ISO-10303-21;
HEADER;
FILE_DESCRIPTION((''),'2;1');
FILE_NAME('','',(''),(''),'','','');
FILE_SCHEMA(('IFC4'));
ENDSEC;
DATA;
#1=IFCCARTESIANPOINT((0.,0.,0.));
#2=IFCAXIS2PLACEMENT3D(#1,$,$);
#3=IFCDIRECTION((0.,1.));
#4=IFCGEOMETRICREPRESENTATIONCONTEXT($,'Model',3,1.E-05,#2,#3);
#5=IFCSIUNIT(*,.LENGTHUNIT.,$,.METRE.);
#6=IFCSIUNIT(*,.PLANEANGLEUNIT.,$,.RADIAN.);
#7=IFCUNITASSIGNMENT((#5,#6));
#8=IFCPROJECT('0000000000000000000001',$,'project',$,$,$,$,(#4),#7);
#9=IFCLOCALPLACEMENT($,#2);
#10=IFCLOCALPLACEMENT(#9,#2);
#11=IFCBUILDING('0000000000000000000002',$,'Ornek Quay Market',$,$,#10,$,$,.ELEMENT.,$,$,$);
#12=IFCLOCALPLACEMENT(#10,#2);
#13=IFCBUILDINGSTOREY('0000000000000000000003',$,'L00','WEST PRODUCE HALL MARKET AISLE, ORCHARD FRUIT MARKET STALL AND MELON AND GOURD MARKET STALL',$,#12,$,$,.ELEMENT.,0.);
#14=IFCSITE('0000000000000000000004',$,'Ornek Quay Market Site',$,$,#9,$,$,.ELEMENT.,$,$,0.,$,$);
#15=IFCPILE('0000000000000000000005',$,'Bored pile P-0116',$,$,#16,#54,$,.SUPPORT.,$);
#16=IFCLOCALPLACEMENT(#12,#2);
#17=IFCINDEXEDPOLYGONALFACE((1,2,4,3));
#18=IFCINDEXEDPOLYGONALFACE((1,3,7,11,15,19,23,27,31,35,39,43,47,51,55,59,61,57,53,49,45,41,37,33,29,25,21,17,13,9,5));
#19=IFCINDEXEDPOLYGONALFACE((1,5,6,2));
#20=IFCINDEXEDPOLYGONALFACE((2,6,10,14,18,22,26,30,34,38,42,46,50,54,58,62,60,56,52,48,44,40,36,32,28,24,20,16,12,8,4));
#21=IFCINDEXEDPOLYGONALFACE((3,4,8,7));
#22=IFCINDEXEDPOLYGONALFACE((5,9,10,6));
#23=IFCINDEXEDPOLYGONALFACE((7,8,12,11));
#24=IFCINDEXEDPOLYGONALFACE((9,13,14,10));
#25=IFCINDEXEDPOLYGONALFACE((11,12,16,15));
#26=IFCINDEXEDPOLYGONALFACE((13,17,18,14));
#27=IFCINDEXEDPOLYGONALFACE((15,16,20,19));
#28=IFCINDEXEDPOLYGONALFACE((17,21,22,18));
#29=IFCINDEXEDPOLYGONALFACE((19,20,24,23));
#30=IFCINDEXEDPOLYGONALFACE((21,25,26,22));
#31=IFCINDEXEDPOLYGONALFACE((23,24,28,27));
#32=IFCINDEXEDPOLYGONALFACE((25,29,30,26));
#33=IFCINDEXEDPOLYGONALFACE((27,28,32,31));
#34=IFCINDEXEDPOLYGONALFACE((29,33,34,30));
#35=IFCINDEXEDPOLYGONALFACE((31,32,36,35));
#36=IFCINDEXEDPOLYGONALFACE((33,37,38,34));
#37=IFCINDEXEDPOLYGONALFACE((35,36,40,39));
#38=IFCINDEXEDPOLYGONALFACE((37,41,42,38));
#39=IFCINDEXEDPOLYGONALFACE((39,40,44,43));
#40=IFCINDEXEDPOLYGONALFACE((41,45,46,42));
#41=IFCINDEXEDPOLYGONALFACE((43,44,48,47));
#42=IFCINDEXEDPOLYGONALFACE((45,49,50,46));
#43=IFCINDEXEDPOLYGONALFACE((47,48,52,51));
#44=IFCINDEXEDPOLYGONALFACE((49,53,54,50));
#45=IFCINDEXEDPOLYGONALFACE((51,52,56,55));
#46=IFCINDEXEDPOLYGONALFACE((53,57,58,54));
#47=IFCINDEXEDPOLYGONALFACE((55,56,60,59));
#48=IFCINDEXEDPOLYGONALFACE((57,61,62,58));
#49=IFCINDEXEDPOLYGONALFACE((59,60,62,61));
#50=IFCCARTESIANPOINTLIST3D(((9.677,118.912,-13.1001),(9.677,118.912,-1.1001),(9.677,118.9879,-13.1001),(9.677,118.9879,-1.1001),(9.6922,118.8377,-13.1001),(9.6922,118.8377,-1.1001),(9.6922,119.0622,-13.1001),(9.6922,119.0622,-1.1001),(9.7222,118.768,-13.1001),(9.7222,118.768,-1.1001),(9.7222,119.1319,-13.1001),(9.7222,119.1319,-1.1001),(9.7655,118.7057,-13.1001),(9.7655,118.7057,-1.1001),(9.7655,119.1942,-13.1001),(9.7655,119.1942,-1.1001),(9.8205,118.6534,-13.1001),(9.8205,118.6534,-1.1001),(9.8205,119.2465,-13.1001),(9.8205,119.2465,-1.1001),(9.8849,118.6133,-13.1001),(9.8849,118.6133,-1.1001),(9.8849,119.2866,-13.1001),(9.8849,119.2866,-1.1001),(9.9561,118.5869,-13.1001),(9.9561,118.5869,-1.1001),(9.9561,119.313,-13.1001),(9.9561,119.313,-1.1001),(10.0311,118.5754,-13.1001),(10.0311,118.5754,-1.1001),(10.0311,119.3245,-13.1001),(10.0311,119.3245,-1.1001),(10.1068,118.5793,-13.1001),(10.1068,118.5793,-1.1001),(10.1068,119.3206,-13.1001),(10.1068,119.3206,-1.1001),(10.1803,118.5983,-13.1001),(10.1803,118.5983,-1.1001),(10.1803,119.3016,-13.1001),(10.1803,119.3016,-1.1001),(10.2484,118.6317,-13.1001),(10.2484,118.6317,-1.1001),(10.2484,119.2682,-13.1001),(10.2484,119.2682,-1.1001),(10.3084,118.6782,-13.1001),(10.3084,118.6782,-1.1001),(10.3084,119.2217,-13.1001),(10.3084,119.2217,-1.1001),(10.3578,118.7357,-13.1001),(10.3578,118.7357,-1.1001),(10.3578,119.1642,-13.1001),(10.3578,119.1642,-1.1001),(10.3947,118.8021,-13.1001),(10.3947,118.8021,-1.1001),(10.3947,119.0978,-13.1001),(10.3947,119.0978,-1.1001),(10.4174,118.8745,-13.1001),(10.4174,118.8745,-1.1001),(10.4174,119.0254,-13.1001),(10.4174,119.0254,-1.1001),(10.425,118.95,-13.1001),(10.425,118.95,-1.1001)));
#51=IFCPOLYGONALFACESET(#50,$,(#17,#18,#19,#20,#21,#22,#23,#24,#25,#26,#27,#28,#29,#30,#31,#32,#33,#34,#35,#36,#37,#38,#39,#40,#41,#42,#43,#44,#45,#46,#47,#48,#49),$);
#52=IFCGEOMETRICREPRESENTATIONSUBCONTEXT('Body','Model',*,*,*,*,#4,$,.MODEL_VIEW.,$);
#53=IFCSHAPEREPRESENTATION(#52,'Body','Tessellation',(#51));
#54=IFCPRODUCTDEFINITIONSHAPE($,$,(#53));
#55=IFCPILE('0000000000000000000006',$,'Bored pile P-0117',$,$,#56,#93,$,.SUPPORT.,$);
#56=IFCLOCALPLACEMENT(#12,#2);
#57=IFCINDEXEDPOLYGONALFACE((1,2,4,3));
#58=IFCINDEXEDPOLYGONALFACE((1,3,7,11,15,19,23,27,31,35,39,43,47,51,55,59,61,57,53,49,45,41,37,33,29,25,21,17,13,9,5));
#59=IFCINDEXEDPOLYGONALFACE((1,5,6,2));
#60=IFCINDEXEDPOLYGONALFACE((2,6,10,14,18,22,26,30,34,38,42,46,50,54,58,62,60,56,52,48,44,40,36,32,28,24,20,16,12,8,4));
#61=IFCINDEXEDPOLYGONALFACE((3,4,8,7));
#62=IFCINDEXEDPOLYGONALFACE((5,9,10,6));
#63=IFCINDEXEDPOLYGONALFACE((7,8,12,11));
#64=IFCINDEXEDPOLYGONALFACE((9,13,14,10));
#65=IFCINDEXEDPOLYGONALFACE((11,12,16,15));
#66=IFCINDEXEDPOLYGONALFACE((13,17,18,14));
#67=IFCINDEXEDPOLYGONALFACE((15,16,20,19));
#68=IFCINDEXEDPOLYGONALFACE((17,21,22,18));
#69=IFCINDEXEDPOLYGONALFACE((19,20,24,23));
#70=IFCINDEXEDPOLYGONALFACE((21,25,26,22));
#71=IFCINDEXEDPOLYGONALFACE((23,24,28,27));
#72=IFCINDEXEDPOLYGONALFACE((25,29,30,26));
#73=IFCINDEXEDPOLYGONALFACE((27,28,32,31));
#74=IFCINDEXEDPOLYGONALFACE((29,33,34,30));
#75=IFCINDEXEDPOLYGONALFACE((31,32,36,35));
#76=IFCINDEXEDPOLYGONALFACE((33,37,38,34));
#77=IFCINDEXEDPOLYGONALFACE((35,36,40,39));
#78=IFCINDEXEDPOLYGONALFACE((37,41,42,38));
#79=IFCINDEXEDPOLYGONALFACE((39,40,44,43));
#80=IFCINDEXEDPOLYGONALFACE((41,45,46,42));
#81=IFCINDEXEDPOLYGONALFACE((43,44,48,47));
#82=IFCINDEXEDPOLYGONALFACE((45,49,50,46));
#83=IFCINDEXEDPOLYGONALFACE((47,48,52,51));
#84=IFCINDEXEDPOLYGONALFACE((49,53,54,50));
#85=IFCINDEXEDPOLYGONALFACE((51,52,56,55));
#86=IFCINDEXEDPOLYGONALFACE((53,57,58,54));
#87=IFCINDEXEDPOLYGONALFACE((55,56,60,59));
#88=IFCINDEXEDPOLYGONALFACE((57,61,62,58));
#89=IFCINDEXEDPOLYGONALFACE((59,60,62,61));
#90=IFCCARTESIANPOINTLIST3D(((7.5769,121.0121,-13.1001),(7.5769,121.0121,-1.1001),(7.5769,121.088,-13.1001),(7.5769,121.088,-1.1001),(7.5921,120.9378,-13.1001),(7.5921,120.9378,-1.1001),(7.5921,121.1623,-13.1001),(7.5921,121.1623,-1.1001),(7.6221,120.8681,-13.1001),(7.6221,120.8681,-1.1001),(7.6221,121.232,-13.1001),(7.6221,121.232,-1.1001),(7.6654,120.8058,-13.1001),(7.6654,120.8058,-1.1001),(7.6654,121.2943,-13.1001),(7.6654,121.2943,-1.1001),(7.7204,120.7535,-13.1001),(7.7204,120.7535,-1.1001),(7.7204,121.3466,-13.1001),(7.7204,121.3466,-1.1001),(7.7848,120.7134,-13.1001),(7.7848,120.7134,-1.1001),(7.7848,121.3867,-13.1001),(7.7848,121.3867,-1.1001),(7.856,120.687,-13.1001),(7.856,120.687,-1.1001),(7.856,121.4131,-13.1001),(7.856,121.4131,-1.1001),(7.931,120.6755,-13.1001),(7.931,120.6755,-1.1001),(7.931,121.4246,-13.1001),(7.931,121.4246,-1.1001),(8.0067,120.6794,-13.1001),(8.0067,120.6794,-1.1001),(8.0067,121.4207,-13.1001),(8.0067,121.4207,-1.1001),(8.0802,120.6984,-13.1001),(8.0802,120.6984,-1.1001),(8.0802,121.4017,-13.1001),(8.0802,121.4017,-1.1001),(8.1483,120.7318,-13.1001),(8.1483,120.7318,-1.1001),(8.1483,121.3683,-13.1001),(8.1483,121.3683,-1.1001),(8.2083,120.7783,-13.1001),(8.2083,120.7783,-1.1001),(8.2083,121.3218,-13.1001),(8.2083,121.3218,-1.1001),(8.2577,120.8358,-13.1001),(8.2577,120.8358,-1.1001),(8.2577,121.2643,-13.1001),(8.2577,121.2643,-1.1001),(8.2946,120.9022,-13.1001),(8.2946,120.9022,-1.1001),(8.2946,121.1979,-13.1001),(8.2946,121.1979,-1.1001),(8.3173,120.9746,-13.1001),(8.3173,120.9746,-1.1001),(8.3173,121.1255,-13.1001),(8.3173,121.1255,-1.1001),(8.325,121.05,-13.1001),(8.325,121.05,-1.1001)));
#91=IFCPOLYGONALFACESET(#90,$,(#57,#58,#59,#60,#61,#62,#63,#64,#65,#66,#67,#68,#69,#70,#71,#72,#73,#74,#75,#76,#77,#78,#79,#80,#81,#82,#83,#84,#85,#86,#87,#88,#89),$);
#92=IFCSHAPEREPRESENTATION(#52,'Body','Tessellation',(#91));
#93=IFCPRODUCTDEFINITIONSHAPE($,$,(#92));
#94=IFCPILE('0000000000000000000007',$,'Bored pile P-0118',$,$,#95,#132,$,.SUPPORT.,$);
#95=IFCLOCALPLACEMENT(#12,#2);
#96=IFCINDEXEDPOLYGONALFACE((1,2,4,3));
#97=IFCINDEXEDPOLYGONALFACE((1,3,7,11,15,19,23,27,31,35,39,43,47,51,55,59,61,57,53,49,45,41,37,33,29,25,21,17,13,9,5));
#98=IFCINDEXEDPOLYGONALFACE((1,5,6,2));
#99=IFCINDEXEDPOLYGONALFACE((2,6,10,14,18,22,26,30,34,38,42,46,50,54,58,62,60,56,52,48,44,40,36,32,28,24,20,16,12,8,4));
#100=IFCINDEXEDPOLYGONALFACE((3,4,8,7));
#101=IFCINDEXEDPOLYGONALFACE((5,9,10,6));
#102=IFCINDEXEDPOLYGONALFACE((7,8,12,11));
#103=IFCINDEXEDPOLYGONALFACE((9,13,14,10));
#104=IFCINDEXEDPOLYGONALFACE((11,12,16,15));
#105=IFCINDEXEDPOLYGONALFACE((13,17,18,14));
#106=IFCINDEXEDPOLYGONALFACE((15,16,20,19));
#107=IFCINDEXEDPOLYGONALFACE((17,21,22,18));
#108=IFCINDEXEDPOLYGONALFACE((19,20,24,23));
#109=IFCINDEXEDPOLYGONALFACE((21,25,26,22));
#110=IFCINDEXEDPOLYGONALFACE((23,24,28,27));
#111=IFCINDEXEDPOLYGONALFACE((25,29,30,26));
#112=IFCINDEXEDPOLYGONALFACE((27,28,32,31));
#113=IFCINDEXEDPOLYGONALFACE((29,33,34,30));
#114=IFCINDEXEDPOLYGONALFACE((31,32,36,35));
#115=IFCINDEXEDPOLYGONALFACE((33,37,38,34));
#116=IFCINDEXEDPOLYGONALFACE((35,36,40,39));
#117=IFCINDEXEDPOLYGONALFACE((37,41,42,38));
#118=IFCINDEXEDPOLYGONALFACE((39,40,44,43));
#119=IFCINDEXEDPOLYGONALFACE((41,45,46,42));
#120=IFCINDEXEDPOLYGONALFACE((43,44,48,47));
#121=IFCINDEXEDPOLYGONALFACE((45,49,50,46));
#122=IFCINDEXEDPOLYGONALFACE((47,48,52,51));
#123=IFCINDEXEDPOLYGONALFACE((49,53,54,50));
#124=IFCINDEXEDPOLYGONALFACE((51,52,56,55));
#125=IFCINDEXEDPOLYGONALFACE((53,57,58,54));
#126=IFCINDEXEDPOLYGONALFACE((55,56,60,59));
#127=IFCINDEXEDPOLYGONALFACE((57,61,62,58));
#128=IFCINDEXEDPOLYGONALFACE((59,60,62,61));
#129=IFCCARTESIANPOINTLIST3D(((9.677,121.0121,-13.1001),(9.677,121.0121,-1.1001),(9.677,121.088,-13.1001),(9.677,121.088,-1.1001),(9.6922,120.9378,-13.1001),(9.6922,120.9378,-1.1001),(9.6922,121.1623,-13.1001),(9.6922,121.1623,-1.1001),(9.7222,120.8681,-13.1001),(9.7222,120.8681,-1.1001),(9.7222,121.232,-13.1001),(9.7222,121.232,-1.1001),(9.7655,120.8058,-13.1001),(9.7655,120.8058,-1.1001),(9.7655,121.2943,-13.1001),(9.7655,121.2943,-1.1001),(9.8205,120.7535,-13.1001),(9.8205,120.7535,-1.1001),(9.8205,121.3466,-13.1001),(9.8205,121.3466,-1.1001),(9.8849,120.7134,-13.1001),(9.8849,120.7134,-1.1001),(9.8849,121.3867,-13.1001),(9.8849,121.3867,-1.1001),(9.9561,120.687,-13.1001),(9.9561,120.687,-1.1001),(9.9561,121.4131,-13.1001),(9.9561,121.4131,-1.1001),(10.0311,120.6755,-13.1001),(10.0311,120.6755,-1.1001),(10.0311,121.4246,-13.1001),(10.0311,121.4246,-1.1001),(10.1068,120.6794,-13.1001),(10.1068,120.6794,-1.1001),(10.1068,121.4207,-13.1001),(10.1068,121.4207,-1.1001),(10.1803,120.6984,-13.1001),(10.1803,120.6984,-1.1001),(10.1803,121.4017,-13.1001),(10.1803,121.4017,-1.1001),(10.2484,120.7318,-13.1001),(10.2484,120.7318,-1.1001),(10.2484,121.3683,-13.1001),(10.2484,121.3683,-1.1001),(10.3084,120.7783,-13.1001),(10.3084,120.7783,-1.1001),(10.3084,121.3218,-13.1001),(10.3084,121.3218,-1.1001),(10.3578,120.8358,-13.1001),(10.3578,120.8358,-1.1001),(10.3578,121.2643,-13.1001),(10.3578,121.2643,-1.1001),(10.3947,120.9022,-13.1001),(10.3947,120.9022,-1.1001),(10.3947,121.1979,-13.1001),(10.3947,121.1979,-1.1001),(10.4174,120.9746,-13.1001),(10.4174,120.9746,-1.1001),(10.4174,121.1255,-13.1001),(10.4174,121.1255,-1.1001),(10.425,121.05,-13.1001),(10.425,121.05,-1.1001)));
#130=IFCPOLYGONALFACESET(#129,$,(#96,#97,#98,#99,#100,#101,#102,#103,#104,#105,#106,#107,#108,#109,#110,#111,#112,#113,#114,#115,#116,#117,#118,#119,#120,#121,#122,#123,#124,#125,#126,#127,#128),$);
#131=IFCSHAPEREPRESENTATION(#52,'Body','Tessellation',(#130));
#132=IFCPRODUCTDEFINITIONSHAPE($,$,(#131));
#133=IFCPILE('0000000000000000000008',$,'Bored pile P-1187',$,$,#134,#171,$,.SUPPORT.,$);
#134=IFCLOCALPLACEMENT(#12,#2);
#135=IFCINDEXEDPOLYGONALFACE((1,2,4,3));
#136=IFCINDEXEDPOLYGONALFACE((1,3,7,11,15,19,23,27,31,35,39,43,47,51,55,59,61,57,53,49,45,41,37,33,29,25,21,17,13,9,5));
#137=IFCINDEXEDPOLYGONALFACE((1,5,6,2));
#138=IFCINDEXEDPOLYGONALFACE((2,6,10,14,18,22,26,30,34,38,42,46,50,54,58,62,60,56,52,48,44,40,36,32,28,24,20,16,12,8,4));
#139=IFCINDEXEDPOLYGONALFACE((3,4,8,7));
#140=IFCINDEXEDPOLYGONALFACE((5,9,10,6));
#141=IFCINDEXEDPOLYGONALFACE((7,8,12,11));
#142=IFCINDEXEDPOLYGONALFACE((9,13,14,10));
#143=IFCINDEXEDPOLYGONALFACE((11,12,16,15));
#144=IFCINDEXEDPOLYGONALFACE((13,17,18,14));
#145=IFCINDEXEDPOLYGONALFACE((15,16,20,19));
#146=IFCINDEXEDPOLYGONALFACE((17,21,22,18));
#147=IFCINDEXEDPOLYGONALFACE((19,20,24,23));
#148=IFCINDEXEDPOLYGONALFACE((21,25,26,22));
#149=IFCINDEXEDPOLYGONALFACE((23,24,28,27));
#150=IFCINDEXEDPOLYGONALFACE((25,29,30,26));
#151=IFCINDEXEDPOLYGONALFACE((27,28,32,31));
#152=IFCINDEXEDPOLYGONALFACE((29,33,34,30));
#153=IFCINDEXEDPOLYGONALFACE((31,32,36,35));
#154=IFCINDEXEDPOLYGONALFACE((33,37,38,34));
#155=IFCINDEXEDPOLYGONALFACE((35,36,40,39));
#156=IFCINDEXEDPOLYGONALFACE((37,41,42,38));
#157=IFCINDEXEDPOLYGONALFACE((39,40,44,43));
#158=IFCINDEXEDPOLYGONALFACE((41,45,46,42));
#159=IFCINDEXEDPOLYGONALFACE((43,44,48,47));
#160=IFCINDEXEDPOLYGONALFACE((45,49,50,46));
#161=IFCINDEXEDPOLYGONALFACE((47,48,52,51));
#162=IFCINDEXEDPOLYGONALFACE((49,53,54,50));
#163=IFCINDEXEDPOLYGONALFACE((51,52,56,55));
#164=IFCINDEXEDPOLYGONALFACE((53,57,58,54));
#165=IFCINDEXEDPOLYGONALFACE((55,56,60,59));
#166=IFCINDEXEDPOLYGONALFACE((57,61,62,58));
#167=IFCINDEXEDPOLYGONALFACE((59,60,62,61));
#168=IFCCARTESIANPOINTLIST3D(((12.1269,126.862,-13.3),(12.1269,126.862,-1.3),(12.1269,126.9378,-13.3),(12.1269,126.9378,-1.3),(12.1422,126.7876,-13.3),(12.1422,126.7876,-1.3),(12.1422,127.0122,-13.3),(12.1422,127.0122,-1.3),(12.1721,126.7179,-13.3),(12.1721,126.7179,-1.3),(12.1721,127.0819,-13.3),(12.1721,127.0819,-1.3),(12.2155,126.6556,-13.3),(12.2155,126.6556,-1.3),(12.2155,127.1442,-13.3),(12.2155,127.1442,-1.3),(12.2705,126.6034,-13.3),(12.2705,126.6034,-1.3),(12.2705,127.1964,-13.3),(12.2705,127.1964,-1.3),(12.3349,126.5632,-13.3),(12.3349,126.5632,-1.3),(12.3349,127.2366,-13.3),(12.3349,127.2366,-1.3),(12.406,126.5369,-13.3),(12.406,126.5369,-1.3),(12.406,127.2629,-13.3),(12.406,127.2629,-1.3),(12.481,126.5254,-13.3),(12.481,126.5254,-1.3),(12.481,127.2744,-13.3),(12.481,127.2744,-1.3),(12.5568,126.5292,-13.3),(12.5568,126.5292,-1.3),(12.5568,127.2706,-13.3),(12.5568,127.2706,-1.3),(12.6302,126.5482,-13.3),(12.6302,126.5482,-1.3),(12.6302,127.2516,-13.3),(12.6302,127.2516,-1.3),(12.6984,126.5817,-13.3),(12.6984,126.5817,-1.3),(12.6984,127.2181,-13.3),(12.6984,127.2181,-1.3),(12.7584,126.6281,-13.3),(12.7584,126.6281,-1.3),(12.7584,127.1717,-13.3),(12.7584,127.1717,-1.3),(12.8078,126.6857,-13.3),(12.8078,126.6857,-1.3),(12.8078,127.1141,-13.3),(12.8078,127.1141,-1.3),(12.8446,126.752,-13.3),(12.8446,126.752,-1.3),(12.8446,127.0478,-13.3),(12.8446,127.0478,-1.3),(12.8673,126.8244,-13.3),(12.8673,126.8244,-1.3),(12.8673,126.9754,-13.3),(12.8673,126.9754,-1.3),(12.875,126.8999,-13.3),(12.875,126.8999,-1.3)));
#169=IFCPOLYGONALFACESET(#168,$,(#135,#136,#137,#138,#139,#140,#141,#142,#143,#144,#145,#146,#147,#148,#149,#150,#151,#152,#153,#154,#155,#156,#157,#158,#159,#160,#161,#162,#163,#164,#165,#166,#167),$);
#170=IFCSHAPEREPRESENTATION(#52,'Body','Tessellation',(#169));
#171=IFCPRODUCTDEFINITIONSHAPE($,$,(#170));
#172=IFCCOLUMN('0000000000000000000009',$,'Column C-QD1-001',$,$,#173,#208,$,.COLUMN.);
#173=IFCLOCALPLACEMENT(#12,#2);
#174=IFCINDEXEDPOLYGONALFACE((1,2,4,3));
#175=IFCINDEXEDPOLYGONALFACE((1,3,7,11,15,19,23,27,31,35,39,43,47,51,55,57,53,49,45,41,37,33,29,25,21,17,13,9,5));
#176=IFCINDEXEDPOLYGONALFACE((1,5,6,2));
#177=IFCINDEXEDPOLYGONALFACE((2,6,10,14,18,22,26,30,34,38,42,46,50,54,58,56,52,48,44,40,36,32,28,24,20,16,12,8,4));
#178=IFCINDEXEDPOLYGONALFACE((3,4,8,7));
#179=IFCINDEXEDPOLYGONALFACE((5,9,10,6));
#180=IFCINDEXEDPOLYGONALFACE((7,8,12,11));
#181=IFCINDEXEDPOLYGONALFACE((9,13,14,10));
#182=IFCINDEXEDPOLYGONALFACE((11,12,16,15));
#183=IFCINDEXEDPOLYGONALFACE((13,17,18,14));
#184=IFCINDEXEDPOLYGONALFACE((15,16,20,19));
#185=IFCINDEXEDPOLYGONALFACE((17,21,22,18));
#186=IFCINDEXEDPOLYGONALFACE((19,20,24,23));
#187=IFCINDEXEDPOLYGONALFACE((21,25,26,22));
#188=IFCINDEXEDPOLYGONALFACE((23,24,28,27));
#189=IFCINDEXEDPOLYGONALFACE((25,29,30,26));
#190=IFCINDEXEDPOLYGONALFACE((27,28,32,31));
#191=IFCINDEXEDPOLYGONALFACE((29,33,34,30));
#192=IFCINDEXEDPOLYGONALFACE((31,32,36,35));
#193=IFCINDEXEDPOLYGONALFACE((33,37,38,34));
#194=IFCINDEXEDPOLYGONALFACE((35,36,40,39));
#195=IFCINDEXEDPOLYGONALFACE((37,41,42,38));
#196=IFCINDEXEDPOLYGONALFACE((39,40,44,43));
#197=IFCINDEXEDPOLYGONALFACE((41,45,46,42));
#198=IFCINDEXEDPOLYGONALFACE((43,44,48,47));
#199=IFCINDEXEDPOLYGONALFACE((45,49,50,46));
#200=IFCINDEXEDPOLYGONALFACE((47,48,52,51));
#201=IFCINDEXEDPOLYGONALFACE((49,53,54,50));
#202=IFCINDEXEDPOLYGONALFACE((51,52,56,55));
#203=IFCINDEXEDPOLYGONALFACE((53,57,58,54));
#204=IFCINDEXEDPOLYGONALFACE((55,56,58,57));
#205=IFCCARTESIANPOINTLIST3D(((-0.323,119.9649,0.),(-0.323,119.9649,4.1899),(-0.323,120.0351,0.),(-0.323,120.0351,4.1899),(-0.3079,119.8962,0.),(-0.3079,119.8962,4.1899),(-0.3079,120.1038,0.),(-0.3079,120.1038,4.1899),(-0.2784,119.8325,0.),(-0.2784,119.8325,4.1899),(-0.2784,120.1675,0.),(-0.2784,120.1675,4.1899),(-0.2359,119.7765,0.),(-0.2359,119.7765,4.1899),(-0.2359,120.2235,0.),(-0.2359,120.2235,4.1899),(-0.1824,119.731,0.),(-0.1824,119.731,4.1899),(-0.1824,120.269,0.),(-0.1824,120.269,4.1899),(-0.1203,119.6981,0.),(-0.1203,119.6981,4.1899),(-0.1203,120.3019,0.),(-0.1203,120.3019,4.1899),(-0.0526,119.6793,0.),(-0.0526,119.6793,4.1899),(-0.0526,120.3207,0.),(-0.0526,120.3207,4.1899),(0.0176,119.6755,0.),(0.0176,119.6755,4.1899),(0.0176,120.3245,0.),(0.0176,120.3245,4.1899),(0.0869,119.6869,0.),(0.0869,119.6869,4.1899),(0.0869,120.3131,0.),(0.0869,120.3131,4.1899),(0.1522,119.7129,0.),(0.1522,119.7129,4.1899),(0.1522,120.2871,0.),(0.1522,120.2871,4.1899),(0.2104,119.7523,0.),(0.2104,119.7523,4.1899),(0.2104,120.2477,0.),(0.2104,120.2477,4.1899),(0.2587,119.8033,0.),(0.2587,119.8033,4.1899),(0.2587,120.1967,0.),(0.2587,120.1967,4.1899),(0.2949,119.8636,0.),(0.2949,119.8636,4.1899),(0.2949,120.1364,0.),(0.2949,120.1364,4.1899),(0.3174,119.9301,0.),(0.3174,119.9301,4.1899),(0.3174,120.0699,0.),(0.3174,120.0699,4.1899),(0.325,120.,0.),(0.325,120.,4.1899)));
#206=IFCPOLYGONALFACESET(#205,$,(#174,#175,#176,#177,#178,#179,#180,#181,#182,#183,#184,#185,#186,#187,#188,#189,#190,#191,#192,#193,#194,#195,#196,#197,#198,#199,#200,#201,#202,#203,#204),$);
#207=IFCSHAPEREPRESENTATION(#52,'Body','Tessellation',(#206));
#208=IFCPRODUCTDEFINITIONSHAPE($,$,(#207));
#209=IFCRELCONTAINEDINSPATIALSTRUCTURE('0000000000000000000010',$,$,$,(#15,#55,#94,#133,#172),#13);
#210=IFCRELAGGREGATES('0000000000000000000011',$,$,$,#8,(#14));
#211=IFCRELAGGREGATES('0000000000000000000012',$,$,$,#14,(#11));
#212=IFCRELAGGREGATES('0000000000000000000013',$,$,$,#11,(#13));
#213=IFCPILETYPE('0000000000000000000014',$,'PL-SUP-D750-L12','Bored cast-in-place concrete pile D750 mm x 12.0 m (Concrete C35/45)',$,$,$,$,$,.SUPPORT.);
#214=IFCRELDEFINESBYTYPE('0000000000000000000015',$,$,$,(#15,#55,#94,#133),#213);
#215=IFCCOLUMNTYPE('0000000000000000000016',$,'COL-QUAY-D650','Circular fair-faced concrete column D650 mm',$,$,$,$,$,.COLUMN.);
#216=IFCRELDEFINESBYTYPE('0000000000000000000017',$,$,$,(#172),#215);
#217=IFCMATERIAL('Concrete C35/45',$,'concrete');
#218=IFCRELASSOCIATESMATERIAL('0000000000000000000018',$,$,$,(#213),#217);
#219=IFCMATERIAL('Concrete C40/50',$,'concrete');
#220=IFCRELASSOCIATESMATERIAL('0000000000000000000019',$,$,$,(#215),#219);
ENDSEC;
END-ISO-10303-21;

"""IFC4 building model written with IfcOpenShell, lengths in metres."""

from ifc_helpers import new_model, si_unit, direction, frame, origin, origin_2d, place, context, subcontext, project, spatial, circle, extrude, material, material_profile, profile_set, type_object, element, save


model = new_model("IFC4")

# Units and contexts
model_context = context("Model", 3, precision=1e-05, world=origin(), true_north=direction((0.0, 1.0)))
body_context = subcontext(model_context, "Body", "Model", "MODEL_VIEW")
ifc_project = project(units=[si_unit("LENGTHUNIT", "METRE"), si_unit("PLANEANGLEUNIT", "RADIAN")], contexts=[model_context])

# Site, building, storey
site_placement = place(None, origin())
site = spatial("IfcSite", under=ifc_project, at=site_placement, Name="Ornek Quay Market Site", CompositionType="ELEMENT", RefElevation=0.0)
building_placement = place(site_placement, origin())
building = spatial("IfcBuilding", under=site, at=building_placement, Name="Ornek Quay Market", CompositionType="ELEMENT")
storey_placement = place(building_placement, origin())
storey = spatial("IfcBuildingStorey", under=building, at=storey_placement, Name="L00", Description="WEST PRODUCE HALL MARKET AISLE, ORCHARD FRUIT MARKET STALL AND MELON AND GOURD MARKET STALL", CompositionType="ELEMENT", Elevation=0.0)

# Piles
ifc_material_1 = material(Name="Concrete C35/45", Category="concrete")
ifc_material_profile_1 = material_profile(ifc_material_1, circle(Radius=0.375, at=origin_2d()), Name="PILE D750", Category="concrete")
ifc_profile_set_1 = profile_set([ifc_material_profile_1], Name="Concrete C35/45")
pile_type = type_object("IfcPileType", Name="PL-SUP-D750-L12", Description="Bored cast-in-place concrete pile D750 mm x 12.0 m (Concrete C35/45)", PredefinedType="SUPPORT", material=ifc_profile_set_1)
for number, where, z_axis, x_axis, name in (
    (1, (10.05, 118.95, -1.1001), (0.0, 0.0, -1.0), (1.0, 0.0, 0.0), "Bored pile P-0116"),
    (2, (7.95, 121.05, -1.1001), (0.0, 0.0, -1.0), (1.0, 0.0, 0.0), "Bored pile P-0117"),
    (3, (10.05, 121.05, -1.1001), (0.0, 0.0, -1.0), (1.0, 0.0, 0.0), "Bored pile P-0118"),
    (4, (12.5, 126.8999, -1.3), (0.0, 0.0, -1.0), (1.0, 0.0, 0.0), "Bored pile P-1187"),
):
    element("IfcPile", number, at=place(storey_placement, frame(where, z_axis=z_axis, x_axis=x_axis)), inside=storey, type_object=pile_type, Name=name, PredefinedType="SUPPORT", context=body_context, shape_type="SweptSolid", body=[
        extrude(circle(Radius=0.375, at=origin_2d()), origin(), (0.0, 0.0, 1.0), 12.0),
    ])

# Column
ifc_material_2 = material(Name="Concrete C40/50", Category="concrete")
ifc_material_profile_2 = material_profile(ifc_material_2, circle(Radius=0.325, at=origin_2d()), Name="RC D650", Category="concrete")
ifc_profile_set_2 = profile_set([ifc_material_profile_2], Name="Concrete C40/50")
column_type = type_object("IfcColumnType", Name="COL-QUAY-D650", Description="Circular fair-faced concrete column D650 mm", PredefinedType="COLUMN", material=ifc_profile_set_2)
for number, where, z_axis, x_axis, name in (
    (5, (0.0, 120.0, 0.0), (0.0, 0.0, 1.0), (1.0, 0.0, 0.0), "Column C-QD1-001"),
):
    element("IfcColumn", number, at=place(storey_placement, frame(where, z_axis=z_axis, x_axis=x_axis)), inside=storey, type_object=column_type, Name=name, PredefinedType="COLUMN", context=body_context, shape_type="SweptSolid", body=[
        extrude(circle(Radius=0.325, at=origin_2d()), origin(), (0.0, 0.0, 1.0), 4.1899),
    ])

save(model, "model.ifc")
